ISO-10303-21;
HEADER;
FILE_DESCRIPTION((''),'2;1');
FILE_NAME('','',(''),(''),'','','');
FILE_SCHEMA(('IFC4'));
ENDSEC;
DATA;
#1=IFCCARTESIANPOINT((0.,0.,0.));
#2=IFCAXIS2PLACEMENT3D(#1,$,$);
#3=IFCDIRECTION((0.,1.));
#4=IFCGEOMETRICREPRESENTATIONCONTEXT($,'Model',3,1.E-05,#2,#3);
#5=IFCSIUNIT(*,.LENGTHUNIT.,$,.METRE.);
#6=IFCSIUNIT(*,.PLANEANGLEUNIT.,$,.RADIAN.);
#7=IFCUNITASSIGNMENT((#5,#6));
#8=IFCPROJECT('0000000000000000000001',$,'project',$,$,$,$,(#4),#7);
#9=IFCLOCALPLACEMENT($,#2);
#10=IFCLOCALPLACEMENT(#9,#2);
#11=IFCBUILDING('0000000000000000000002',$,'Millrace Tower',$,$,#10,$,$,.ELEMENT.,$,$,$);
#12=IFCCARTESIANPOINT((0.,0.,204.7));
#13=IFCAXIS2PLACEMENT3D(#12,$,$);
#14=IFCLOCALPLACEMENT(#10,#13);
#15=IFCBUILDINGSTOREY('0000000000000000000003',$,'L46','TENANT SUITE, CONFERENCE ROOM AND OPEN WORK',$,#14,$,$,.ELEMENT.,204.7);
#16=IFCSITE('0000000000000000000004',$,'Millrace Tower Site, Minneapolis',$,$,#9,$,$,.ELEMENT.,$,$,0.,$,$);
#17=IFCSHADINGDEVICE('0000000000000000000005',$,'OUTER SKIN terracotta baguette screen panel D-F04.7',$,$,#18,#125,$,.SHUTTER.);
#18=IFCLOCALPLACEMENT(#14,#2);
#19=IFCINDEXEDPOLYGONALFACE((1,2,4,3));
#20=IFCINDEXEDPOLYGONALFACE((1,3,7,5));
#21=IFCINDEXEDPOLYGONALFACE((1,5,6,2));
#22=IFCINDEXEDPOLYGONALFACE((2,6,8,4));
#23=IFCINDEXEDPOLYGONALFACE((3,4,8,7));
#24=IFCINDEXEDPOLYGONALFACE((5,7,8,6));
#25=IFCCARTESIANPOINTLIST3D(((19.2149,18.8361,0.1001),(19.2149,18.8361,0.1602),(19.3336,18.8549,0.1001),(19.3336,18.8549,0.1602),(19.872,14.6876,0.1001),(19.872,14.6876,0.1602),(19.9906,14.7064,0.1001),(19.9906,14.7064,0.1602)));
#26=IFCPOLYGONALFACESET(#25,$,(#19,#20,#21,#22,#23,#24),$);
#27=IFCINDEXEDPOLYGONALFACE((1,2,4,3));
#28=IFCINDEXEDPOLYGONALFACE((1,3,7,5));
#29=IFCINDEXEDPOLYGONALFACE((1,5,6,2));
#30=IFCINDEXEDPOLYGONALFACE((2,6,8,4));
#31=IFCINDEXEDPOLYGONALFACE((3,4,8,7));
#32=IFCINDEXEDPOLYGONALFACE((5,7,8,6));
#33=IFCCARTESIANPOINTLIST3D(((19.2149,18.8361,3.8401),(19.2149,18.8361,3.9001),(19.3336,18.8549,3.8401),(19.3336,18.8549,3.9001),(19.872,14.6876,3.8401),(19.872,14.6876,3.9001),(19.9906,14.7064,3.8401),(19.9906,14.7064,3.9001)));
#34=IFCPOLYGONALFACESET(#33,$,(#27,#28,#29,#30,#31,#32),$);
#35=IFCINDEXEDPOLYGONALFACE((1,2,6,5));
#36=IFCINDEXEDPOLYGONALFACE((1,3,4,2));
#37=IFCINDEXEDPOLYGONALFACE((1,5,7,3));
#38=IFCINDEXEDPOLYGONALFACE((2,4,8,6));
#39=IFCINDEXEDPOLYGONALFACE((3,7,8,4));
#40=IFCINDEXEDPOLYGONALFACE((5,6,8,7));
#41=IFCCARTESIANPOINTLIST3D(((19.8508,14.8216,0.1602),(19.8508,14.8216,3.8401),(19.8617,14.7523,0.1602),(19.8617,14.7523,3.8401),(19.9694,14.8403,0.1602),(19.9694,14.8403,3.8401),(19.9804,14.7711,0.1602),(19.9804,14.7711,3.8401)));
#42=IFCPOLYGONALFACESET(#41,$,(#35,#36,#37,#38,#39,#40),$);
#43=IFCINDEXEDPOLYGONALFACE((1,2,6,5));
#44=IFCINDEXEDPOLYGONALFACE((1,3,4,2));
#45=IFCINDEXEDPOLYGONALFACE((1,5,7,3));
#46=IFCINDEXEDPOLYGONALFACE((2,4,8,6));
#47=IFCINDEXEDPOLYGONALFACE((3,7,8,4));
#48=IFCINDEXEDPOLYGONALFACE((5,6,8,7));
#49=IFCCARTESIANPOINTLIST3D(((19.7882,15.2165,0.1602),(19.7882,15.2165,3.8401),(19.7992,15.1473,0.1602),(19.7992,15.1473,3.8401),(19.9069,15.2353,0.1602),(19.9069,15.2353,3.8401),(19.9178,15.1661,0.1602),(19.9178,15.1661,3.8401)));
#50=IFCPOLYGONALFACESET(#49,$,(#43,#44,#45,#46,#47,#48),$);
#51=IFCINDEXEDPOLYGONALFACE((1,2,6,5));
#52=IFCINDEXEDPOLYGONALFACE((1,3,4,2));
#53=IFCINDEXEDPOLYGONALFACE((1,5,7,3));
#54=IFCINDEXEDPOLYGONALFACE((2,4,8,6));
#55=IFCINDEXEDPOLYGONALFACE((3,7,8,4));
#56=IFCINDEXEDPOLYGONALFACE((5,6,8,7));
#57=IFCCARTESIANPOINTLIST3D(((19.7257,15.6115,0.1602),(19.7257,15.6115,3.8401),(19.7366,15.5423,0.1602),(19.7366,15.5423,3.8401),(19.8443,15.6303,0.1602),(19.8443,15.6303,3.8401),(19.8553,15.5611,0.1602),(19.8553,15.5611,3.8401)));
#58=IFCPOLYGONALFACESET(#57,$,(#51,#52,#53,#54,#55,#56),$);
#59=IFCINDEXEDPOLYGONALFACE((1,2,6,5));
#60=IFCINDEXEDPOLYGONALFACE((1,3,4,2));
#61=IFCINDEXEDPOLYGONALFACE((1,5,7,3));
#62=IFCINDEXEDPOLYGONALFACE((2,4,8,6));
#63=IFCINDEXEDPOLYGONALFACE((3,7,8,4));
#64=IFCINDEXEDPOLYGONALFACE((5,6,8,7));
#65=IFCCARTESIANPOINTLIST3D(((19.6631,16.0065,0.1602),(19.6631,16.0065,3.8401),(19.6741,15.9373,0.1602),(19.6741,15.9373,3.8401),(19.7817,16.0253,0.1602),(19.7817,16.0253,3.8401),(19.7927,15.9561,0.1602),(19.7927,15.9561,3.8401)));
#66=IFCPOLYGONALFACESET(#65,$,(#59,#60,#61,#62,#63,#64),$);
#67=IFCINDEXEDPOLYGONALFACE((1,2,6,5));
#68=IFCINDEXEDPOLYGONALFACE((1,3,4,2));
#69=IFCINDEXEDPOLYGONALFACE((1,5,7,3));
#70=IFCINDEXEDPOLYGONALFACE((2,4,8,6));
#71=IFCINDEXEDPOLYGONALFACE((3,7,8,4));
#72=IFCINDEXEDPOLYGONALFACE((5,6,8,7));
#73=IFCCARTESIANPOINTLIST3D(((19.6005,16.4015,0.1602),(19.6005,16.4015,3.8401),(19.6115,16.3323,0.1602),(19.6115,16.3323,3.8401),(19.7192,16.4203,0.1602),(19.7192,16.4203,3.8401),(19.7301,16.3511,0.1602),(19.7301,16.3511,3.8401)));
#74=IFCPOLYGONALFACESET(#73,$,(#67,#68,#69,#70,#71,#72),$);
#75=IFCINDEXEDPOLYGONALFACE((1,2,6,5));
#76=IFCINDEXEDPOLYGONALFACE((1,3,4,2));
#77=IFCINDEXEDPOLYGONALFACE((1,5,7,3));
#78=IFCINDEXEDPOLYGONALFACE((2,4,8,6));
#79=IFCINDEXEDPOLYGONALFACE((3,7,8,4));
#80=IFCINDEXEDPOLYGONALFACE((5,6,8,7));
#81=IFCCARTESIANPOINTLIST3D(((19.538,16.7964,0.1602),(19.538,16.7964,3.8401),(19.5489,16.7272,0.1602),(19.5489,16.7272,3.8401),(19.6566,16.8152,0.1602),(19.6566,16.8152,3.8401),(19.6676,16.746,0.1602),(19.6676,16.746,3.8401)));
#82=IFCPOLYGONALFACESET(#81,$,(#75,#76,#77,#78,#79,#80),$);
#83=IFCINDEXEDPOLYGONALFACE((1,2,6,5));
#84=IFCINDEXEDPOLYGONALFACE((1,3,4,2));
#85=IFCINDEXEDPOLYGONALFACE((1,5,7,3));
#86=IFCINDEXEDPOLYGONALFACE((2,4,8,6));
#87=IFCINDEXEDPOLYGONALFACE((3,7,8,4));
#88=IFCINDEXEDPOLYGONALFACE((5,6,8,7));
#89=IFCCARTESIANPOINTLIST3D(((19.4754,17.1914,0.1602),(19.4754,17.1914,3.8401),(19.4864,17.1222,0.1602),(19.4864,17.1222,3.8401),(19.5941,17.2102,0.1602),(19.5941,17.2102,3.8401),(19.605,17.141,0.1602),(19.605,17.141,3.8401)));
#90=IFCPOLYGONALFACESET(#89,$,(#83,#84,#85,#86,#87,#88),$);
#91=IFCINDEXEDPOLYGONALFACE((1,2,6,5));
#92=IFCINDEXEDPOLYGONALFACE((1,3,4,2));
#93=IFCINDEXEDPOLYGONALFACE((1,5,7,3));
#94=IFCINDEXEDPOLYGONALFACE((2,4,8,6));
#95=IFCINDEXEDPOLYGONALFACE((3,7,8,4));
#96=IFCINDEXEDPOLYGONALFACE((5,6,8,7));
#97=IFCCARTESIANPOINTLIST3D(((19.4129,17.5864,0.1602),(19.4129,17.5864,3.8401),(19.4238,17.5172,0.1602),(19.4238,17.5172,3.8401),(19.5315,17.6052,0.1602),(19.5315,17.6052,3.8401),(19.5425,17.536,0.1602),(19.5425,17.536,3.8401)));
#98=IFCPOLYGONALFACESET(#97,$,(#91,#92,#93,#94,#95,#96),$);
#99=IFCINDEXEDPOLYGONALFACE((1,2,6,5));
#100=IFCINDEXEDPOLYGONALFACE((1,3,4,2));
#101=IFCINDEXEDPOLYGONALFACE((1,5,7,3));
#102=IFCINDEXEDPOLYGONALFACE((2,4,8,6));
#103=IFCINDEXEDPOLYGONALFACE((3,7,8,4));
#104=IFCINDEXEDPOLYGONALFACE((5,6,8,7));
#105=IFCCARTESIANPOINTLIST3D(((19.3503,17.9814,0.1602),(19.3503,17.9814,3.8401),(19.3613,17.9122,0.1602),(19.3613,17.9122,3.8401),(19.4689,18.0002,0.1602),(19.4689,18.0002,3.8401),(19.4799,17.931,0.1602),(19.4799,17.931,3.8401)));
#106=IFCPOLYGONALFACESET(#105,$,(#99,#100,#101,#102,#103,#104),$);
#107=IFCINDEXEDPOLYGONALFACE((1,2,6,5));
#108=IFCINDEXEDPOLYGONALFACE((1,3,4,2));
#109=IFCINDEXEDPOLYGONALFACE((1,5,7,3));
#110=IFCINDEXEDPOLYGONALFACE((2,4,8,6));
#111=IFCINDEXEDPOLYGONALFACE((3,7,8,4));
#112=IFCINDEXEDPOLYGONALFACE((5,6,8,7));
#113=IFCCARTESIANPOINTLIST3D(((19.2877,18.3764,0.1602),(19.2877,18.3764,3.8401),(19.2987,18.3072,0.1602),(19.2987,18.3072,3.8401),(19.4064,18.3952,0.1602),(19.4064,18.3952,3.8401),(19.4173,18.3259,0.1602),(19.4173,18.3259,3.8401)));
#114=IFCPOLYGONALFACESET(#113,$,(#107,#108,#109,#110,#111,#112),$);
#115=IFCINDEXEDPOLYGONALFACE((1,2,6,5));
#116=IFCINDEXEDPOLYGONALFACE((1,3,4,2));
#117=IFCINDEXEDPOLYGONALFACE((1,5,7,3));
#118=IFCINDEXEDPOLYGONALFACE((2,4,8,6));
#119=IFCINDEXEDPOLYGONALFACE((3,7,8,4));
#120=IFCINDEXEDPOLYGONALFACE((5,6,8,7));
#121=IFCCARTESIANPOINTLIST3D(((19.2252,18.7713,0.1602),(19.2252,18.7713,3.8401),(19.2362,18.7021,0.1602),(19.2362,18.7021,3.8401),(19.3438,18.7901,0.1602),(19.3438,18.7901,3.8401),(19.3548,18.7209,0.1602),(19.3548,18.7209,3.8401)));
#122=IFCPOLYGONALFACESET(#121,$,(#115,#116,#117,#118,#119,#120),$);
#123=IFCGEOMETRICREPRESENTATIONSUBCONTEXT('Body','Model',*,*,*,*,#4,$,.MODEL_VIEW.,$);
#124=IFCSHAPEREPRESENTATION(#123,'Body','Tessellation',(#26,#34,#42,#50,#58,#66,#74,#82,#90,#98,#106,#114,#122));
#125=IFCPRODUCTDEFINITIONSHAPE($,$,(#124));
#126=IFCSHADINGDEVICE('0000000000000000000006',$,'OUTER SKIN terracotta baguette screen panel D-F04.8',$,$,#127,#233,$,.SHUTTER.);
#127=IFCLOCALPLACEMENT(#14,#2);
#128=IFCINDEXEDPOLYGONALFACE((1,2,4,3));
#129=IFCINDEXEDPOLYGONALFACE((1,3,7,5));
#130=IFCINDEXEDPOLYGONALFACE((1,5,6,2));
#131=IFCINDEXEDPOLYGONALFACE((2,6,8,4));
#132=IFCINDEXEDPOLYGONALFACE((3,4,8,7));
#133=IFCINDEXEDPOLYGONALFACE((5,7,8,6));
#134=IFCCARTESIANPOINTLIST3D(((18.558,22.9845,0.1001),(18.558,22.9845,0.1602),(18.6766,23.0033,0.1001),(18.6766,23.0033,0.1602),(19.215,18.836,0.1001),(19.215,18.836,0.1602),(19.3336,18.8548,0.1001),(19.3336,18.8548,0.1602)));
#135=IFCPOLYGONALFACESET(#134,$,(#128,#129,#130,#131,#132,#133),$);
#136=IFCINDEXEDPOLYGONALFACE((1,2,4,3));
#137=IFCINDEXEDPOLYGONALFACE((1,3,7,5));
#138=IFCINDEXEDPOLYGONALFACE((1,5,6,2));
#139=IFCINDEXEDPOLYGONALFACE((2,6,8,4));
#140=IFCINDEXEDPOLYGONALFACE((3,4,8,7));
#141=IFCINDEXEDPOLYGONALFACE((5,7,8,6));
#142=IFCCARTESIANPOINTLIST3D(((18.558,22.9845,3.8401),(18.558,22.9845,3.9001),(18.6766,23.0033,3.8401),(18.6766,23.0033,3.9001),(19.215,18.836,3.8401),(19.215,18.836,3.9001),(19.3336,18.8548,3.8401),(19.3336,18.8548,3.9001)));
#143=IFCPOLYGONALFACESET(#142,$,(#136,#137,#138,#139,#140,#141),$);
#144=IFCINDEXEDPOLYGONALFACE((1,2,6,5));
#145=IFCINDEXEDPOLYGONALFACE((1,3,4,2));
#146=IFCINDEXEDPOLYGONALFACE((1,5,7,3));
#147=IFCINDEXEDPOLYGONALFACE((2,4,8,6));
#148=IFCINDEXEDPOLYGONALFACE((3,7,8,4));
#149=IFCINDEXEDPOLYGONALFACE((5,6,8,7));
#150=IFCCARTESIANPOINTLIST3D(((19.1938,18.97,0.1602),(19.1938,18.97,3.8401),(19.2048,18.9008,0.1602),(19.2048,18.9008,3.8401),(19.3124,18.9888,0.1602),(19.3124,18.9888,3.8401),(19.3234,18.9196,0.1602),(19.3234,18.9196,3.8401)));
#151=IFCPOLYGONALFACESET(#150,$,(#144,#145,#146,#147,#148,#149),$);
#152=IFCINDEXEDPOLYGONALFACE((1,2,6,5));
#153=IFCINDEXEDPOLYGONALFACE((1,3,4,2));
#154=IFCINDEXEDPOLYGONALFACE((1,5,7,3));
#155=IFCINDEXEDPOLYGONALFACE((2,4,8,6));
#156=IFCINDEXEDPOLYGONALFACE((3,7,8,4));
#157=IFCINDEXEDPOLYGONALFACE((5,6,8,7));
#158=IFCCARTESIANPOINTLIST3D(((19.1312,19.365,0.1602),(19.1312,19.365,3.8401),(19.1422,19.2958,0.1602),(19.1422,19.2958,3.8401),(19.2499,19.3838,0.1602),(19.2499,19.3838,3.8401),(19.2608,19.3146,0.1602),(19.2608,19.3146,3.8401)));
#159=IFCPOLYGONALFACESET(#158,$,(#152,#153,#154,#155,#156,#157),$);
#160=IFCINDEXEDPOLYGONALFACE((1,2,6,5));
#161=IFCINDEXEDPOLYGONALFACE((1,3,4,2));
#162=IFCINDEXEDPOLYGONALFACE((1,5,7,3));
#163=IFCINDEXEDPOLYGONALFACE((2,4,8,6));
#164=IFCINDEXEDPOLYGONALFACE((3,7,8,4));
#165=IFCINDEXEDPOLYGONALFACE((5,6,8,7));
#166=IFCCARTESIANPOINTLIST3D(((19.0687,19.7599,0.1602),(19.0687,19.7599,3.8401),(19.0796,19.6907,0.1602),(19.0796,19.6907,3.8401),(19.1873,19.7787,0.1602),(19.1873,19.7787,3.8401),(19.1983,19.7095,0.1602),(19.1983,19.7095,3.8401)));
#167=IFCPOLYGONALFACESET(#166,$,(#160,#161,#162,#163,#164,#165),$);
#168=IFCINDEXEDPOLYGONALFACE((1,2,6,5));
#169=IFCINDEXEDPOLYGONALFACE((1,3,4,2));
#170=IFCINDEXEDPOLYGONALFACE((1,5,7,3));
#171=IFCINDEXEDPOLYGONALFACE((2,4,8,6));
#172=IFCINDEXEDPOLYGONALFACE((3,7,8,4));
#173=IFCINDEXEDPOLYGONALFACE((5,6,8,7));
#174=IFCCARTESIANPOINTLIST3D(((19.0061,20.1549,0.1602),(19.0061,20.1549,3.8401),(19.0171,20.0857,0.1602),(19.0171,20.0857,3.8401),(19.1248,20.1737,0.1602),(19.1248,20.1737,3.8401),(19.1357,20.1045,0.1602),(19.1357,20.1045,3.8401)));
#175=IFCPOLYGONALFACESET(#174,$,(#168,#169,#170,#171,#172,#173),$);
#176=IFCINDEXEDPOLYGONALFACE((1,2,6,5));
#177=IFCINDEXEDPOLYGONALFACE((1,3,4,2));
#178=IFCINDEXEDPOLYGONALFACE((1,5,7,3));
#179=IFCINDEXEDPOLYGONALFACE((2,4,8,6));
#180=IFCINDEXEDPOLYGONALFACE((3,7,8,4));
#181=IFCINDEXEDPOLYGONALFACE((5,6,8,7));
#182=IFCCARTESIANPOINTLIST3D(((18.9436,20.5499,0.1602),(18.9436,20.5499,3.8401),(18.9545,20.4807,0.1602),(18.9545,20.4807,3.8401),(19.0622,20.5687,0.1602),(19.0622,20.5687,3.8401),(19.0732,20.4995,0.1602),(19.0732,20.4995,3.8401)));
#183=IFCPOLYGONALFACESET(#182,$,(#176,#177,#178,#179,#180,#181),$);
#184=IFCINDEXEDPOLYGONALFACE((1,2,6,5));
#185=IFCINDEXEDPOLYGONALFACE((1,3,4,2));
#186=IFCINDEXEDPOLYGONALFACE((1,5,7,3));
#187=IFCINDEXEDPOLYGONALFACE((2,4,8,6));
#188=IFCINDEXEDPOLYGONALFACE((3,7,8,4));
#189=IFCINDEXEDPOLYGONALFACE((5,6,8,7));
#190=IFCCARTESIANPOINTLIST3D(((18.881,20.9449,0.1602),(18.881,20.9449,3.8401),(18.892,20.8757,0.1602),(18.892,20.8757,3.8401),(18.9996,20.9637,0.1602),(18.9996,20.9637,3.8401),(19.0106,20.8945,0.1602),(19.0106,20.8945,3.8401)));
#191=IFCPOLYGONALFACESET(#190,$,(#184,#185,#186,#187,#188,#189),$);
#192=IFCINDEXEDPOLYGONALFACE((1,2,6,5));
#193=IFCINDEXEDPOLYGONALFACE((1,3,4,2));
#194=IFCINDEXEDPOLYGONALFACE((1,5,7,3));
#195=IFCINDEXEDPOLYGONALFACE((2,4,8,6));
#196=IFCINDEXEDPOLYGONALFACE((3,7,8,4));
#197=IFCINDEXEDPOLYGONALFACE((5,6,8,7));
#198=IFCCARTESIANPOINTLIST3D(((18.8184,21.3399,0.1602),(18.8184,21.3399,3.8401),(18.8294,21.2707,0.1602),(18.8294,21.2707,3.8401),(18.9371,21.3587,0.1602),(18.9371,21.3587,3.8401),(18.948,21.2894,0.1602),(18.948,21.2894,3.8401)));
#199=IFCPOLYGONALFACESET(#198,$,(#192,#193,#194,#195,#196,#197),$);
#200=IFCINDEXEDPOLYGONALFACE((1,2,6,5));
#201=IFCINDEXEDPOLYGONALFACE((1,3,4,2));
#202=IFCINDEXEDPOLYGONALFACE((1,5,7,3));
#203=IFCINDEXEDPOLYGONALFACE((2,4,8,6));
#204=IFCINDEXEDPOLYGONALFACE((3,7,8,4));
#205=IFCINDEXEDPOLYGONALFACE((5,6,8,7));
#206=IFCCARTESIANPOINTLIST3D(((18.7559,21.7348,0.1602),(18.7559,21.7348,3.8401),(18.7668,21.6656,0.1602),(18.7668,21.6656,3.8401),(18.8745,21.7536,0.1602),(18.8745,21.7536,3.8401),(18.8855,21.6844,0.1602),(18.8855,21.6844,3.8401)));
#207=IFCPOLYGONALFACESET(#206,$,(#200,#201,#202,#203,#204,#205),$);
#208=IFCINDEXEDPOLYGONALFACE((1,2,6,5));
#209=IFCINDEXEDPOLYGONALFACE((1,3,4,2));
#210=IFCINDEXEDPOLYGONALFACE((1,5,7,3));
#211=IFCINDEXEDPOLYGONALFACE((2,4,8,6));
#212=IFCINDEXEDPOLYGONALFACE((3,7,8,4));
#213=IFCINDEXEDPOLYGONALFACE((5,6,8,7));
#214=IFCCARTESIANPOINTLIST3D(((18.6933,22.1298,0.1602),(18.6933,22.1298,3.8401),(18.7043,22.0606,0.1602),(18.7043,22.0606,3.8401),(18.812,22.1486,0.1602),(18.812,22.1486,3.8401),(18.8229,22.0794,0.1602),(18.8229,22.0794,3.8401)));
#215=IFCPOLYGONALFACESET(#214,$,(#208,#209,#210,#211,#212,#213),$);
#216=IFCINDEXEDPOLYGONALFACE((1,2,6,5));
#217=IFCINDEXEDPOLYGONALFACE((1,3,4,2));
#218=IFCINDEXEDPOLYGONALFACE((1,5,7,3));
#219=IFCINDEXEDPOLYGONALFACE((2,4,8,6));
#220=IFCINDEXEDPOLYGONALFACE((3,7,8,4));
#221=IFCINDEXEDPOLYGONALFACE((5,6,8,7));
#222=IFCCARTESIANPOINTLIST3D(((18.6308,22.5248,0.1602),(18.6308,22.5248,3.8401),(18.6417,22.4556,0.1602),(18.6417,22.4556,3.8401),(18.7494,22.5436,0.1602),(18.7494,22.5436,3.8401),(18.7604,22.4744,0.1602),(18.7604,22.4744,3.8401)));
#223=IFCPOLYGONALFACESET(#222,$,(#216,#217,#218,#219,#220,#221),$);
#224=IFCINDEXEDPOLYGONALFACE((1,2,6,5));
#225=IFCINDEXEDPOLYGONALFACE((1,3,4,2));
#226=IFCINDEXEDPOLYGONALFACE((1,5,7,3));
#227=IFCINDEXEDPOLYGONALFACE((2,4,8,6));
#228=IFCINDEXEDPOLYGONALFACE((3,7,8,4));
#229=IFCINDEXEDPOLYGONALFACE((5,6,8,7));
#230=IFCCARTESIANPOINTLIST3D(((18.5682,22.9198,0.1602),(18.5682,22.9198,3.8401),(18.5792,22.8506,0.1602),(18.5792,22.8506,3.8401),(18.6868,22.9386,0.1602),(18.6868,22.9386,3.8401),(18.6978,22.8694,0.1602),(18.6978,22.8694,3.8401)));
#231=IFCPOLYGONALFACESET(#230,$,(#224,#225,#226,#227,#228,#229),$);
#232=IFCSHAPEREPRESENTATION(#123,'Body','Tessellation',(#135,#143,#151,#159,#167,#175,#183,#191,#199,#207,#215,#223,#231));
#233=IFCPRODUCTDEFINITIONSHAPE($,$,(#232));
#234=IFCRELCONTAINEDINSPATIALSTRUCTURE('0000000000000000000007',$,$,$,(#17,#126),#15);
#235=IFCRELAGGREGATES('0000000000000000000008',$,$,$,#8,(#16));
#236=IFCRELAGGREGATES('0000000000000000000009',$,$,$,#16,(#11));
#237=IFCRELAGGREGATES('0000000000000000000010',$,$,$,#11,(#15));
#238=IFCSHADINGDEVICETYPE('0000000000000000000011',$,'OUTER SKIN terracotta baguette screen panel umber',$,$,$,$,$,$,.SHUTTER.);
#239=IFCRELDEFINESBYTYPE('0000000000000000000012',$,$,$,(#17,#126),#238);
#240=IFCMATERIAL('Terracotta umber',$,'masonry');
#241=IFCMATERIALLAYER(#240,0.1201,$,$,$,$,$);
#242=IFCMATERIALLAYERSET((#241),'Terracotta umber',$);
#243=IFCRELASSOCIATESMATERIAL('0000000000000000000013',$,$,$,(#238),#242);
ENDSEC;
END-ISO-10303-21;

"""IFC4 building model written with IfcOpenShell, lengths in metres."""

from ifc_helpers import new_model, entity, si_unit, direction, frame, frame_2d, origin, origin_2d, place, context, subcontext, project, spatial, rectangle, extrude, source, transform, mapped, material, layer, layer_set, type_object, element, save


model = new_model("IFC4")

# Units and contexts
model_context = context("Model", 3, precision=1e-05, world=origin(), true_north=direction((0.0, 1.0)))
body_context = subcontext(model_context, "Body", "Model", "MODEL_VIEW")
ifc_project = project(units=[si_unit("LENGTHUNIT", "METRE"), si_unit("PLANEANGLEUNIT", "RADIAN")], contexts=[model_context])

# Site, building, storey
site_placement = place(None, origin())
site = spatial("IfcSite", under=ifc_project, at=site_placement, Name="Millrace Tower Site, Minneapolis", CompositionType="ELEMENT", RefElevation=0.0)
building_placement = place(site_placement, origin())
building = spatial("IfcBuilding", under=site, at=building_placement, Name="Millrace Tower", CompositionType="ELEMENT")
storey_placement = place(building_placement, frame((0.0, 0.0, 204.7)))
storey = spatial("IfcBuildingStorey", under=building, at=storey_placement, Name="L46", Description="TENANT SUITE, CONFERENCE ROOM AND OPEN WORK", CompositionType="ELEMENT", Elevation=204.7)

# Shading devices
ifc_material_1 = material(Name="Terracotta umber", Category="masonry")
ifc_layer_1 = layer(ifc_material_1, 0.1201)
ifc_layer_set_1 = layer_set([ifc_layer_1], Name="Terracotta umber")
shading_device_type = type_object("IfcShadingDeviceType", Name="OUTER SKIN terracotta baguette screen panel umber", PredefinedType="SHUTTER", material=ifc_layer_set_1)
cartesian_point = entity("IfcCartesianPoint", [-2.1001, 0.0601])
shared_polyline = entity("IfcPolyline", [cartesian_point, entity("IfcCartesianPoint", [2.1001, 0.0601]), entity("IfcCartesianPoint", [2.1001, -0.0601]), entity("IfcCartesianPoint", [-2.1001, -0.0601]), cartesian_point])
shared_shape = source(origin(), body_context, "Body", "SweptSolid", [
    entity("IfcExtrudedAreaSolid", entity("IfcArbitraryClosedProfileDef", "AREA", None, shared_polyline), entity("IfcAxis2Placement3D", entity("IfcCartesianPoint", [0.0, 0.0, 0.0])), entity("IfcDirection", [0.0, 0.0, 1.0]), 0.0601),
    entity("IfcExtrudedAreaSolid", entity("IfcArbitraryClosedProfileDef", "AREA", None, shared_polyline), entity("IfcAxis2Placement3D", entity("IfcCartesianPoint", [0.0, 0.0, 3.74])), entity("IfcDirection", [0.0, 0.0, 1.0]), 0.0601),
    extrude(rectangle(XDim=0.0701, YDim=0.1201, at=frame_2d((-1.9995, 0.0))), frame((0.0, 0.0, 0.0601)), (0.0, 0.0, 1.0), 3.6799),
    extrude(rectangle(XDim=0.0701, YDim=0.1201, at=frame_2d((-1.5996, 0.0))), frame((0.0, 0.0, 0.0601)), (0.0, 0.0, 1.0), 3.6799),
    extrude(rectangle(XDim=0.0701, YDim=0.1201, at=frame_2d((-1.1997, 0.0))), frame((0.0, 0.0, 0.0601)), (0.0, 0.0, 1.0), 3.6799),
    extrude(rectangle(XDim=0.0701, YDim=0.1201, at=frame_2d((-0.7998, 0.0))), frame((0.0, 0.0, 0.0601)), (0.0, 0.0, 1.0), 3.6799),
    extrude(rectangle(XDim=0.0701, YDim=0.1201, at=frame_2d((-0.3999, 0.0))), frame((0.0, 0.0, 0.0601)), (0.0, 0.0, 1.0), 3.6799),
    extrude(rectangle(XDim=0.0701, YDim=0.1201, at=origin_2d()), frame((0.0, 0.0, 0.0601)), (0.0, 0.0, 1.0), 3.6799),
    extrude(rectangle(XDim=0.0701, YDim=0.1201, at=frame_2d((0.3999, 0.0))), frame((0.0, 0.0, 0.0601)), (0.0, 0.0, 1.0), 3.6799),
    extrude(rectangle(XDim=0.0701, YDim=0.1201, at=frame_2d((0.7998, 0.0))), frame((0.0, 0.0, 0.0601)), (0.0, 0.0, 1.0), 3.6799),
    extrude(rectangle(XDim=0.0701, YDim=0.1201, at=frame_2d((1.1997, 0.0))), frame((0.0, 0.0, 0.0601)), (0.0, 0.0, 1.0), 3.6799),
    extrude(rectangle(XDim=0.0701, YDim=0.1201, at=frame_2d((1.5996, 0.0))), frame((0.0, 0.0, 0.0601)), (0.0, 0.0, 1.0), 3.6799),
    extrude(rectangle(XDim=0.0701, YDim=0.1201, at=frame_2d((1.9995, 0.0))), frame((0.0, 0.0, 0.0601)), (0.0, 0.0, 1.0), 3.6799),
])
for number, where, z_axis, x_axis, name in (
    (1, (19.6028, 16.7712, 0.1001), (0.0, 0.0, 1.0), (-0.156434, 0.987688, 0.0), "OUTER SKIN terracotta baguette screen panel D-F04.7"),
    (2, (18.9458, 20.9197, 0.1001), (0.0, 0.0, 1.0), (-0.156434, 0.987688, 0.0), "OUTER SKIN terracotta baguette screen panel D-F04.8"),
):
    element("IfcShadingDevice", number, at=place(storey_placement, frame(where, z_axis=z_axis, x_axis=x_axis)), inside=storey, type_object=shading_device_type, Name=name, PredefinedType="SHUTTER", context=body_context, shape_type="MappedRepresentation", body=[
        mapped(shared_shape, transform((0.0, 0.0, 0.0), scale=1.0)),
    ])

save(model, "model.ifc")
